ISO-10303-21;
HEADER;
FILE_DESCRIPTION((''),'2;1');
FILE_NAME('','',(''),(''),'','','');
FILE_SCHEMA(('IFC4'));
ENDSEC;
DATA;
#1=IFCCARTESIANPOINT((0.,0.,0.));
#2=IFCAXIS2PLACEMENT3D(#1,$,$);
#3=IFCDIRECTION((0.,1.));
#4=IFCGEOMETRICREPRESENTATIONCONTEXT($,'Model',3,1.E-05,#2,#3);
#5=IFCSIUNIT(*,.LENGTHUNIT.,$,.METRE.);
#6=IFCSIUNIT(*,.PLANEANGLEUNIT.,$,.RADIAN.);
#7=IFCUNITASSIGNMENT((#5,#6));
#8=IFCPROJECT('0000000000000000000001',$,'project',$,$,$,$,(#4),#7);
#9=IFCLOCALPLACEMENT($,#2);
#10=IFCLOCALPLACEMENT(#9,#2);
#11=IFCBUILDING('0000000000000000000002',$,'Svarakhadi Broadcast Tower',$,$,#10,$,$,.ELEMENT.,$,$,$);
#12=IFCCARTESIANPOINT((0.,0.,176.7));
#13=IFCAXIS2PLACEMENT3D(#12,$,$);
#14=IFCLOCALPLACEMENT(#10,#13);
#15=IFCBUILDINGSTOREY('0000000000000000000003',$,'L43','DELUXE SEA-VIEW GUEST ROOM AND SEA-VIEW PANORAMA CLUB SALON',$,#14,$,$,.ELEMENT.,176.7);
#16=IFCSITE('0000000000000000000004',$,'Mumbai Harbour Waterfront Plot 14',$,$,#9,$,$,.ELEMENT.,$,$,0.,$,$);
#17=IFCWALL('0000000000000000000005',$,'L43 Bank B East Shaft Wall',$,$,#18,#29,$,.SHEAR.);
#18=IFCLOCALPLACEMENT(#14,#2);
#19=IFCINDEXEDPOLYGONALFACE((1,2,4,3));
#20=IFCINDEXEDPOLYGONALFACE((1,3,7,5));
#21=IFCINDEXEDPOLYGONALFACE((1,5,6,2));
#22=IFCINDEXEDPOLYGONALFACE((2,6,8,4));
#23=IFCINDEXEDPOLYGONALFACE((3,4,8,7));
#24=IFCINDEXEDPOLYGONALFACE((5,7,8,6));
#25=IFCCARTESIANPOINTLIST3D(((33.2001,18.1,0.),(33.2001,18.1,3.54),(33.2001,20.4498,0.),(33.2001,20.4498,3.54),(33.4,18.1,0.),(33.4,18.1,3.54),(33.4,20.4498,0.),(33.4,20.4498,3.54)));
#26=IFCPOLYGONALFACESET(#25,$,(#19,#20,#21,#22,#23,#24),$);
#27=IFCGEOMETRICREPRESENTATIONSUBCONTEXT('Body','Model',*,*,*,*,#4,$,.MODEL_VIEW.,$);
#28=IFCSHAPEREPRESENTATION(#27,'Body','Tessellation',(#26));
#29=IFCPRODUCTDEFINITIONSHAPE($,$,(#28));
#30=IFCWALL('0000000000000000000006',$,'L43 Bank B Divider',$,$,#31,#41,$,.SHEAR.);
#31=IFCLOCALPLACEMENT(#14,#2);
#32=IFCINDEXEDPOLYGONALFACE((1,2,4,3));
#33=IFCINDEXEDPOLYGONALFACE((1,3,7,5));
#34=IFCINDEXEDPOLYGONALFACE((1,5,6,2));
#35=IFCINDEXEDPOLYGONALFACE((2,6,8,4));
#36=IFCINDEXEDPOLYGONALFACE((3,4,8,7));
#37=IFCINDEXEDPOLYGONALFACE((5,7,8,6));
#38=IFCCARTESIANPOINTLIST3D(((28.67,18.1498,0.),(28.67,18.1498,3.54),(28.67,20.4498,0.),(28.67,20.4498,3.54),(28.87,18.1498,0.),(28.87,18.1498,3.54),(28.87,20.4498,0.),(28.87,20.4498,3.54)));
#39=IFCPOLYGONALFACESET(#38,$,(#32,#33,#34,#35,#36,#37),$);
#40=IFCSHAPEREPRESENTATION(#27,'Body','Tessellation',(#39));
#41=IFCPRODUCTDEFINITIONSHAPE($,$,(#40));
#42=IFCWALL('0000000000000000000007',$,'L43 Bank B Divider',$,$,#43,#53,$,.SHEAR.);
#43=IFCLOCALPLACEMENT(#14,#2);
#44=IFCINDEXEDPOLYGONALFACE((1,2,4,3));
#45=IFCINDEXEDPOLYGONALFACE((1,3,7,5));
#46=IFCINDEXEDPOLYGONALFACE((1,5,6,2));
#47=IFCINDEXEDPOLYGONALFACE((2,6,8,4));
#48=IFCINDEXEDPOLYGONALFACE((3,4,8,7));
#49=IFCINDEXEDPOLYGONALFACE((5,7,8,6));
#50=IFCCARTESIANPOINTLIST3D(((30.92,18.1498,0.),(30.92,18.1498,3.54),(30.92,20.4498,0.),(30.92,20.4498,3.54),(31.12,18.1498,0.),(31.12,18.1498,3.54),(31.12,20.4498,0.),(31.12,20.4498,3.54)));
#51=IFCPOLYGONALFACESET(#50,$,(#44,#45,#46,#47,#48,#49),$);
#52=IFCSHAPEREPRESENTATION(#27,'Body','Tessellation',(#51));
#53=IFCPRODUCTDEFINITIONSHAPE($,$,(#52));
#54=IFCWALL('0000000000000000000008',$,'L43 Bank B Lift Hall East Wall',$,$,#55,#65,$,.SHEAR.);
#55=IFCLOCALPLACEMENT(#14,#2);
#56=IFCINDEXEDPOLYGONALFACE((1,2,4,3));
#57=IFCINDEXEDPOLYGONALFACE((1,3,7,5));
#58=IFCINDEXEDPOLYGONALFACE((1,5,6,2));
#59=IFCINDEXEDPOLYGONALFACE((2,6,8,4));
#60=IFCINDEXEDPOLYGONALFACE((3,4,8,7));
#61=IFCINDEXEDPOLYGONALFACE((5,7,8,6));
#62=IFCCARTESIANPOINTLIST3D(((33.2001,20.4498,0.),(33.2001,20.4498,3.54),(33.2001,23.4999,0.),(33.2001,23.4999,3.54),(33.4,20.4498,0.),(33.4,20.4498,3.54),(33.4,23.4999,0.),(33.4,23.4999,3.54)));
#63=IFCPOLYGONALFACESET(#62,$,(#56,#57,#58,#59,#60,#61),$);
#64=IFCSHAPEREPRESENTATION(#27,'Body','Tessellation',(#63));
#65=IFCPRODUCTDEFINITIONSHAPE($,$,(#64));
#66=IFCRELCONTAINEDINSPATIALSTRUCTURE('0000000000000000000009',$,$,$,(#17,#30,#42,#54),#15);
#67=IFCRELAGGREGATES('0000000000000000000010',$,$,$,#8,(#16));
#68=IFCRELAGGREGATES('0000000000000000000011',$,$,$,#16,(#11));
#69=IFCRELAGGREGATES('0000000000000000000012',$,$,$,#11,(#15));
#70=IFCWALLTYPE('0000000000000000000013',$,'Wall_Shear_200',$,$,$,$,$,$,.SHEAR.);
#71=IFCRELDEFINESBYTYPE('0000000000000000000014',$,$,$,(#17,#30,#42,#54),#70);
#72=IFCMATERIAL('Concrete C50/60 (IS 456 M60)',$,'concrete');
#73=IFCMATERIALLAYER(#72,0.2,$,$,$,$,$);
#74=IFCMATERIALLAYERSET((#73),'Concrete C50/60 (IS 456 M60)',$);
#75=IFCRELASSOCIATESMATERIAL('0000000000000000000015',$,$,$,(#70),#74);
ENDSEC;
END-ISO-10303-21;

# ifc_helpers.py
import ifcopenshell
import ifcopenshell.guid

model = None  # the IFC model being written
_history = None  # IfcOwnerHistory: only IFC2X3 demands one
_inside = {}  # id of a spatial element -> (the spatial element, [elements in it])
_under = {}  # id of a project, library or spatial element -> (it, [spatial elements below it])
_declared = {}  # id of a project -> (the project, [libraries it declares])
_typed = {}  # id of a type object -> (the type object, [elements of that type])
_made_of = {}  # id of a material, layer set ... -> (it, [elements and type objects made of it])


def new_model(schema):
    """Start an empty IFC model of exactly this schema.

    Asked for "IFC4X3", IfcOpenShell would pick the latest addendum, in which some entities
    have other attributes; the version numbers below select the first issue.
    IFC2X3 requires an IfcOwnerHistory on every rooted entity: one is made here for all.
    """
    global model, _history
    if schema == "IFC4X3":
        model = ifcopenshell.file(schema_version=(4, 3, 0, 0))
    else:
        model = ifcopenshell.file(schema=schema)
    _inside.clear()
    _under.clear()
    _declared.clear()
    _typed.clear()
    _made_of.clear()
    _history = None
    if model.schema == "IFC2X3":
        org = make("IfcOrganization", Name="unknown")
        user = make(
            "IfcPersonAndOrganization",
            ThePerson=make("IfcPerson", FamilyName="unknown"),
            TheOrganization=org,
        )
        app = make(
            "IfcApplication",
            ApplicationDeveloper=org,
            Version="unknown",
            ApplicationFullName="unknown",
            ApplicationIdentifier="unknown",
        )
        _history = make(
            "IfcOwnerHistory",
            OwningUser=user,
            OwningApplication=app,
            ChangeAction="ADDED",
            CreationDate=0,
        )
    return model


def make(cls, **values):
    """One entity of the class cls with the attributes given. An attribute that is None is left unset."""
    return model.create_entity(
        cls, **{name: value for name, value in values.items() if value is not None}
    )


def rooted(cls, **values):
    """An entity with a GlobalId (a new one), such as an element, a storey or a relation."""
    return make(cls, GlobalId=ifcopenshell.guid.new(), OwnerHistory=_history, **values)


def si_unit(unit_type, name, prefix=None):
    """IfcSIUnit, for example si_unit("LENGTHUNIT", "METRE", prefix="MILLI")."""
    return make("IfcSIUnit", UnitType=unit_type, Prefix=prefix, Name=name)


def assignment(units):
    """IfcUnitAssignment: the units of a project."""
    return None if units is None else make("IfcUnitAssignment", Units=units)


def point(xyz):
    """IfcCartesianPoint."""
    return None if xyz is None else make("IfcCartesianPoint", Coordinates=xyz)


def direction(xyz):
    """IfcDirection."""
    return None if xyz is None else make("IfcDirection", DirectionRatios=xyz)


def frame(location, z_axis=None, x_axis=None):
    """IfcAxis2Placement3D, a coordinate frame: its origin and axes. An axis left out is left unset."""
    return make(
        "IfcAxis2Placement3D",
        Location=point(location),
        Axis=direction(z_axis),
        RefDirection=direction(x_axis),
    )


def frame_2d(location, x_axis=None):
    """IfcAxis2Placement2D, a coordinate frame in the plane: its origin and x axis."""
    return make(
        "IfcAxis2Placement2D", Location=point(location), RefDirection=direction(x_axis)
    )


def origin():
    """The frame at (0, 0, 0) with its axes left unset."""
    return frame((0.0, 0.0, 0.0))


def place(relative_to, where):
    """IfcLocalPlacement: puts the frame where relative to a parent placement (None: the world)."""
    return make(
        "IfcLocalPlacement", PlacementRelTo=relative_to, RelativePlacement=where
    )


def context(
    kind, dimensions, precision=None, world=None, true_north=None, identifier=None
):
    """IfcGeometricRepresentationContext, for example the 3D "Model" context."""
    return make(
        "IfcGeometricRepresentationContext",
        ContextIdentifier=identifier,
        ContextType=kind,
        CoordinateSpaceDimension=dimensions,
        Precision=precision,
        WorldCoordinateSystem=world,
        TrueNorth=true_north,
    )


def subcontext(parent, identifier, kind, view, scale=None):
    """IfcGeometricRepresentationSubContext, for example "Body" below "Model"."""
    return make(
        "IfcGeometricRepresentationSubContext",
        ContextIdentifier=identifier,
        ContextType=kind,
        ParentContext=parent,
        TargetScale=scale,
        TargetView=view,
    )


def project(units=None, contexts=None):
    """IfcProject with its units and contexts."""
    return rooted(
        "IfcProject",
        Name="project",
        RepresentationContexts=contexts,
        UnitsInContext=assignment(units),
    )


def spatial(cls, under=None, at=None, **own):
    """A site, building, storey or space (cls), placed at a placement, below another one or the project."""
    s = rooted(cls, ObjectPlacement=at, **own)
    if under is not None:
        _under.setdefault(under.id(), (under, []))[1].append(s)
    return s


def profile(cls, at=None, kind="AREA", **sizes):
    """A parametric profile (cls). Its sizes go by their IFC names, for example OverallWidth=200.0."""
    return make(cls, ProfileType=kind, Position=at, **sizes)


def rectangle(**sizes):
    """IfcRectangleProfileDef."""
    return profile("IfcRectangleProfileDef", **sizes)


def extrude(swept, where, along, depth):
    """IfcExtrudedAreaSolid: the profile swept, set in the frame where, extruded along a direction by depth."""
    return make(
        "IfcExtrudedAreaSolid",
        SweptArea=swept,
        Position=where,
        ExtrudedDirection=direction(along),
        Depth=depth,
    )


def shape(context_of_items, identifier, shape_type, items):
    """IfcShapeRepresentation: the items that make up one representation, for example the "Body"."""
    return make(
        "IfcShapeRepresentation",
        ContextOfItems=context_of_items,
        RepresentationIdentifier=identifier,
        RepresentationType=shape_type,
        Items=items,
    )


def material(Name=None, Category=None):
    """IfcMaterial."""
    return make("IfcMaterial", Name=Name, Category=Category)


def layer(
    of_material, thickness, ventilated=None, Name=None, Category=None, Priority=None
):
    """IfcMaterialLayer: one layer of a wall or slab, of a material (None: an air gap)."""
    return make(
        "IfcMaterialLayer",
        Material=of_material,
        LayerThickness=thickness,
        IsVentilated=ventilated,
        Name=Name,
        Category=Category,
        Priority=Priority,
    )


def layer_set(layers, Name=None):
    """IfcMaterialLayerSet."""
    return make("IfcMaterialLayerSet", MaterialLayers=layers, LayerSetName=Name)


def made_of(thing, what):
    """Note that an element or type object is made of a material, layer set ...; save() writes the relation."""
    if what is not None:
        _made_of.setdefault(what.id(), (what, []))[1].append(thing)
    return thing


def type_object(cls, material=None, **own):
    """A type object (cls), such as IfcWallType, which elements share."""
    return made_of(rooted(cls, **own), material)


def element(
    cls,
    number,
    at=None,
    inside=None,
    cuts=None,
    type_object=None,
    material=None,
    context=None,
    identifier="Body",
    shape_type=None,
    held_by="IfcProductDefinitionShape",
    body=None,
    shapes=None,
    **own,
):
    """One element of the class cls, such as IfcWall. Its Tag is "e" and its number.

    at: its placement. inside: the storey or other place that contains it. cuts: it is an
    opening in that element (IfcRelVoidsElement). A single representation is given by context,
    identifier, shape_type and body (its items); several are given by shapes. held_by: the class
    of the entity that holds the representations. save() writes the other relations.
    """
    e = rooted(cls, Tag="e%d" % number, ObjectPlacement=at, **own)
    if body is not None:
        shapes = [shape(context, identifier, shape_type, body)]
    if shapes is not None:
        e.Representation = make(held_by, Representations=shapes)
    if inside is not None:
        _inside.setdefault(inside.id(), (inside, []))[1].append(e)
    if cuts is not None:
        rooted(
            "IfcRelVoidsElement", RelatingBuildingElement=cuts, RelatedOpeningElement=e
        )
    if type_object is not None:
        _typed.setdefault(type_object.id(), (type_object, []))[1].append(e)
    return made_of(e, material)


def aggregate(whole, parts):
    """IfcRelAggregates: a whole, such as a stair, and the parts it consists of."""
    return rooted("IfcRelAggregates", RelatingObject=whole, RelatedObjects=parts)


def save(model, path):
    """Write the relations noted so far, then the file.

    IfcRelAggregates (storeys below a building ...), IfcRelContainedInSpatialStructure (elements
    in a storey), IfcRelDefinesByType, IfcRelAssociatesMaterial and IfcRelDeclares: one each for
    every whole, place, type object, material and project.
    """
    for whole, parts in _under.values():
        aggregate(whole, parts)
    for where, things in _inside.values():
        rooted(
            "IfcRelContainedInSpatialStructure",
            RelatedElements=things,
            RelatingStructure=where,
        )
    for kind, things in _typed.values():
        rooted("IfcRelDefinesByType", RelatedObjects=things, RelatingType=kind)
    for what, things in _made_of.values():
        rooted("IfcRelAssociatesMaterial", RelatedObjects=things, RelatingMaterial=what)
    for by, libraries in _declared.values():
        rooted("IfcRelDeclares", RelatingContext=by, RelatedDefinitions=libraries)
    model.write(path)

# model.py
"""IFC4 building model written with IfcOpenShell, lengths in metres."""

from ifc_helpers import new_model, si_unit, direction, frame, frame_2d, origin, place, context, subcontext, project, spatial, rectangle, extrude, material, layer, layer_set, type_object, element, save


model = new_model("IFC4")

# Units and contexts
model_context = context("Model", 3, precision=1e-05, world=origin(), true_north=direction((0.0, 1.0)))
body_context = subcontext(model_context, "Body", "Model", "MODEL_VIEW")
ifc_project = project(units=[si_unit("LENGTHUNIT", "METRE"), si_unit("PLANEANGLEUNIT", "RADIAN")], contexts=[model_context])

# Site, building, storey
site_placement = place(None, origin())
site = spatial("IfcSite", under=ifc_project, at=site_placement, Name="Mumbai Harbour Waterfront Plot 14", CompositionType="ELEMENT", RefElevation=0.0)
building_placement = place(site_placement, origin())
building = spatial("IfcBuilding", under=site, at=building_placement, Name="Svarakhadi Broadcast Tower", CompositionType="ELEMENT")
storey_placement = place(building_placement, frame((0.0, 0.0, 176.7)))
storey = spatial("IfcBuildingStorey", under=building, at=storey_placement, Name="L43", Description="DELUXE SEA-VIEW GUEST ROOM AND SEA-VIEW PANORAMA CLUB SALON", CompositionType="ELEMENT", Elevation=176.7)

# Shared definitions
ifc_material_1 = material(Name="Concrete C50/60 (IS 456 M60)", Category="concrete")

# Walls
ifc_layer_1 = layer(ifc_material_1, 0.2)
ifc_layer_set_1 = layer_set([ifc_layer_1], Name="Concrete C50/60 (IS 456 M60)")
wall_type_1 = type_object("IfcWallType", Name="Wall_Shear_200", PredefinedType="SHEAR", material=ifc_layer_set_1)
wall_1_placement = place(storey_placement, frame((33.3, 18.1001, 0.0), z_axis=(0.0, 0.0, 1.0), x_axis=(0.0, 1.0, 0.0)))
element("IfcWall", 1, at=wall_1_placement, inside=storey, type_object=wall_type_1, Name="L43 Bank B East Shaft Wall", PredefinedType="SHEAR", context=body_context, shape_type="SweptSolid", body=[
    extrude(rectangle(XDim=2.3499, YDim=0.2, at=frame_2d((1.1748, 0.0))), origin(), (0.0, 0.0, 1.0), 3.54),
])
for number, where, z_axis, x_axis, name in (
    (2, (28.77, 18.1499, 0.0), (0.0, 0.0, 1.0), (0.0, 1.0, 0.0), "L43 Bank B Divider"),
    (3, (31.02, 18.1499, 0.0), (0.0, 0.0, 1.0), (0.0, 1.0, 0.0), "L43 Bank B Divider"),
):
    element("IfcWall", number, at=place(storey_placement, frame(where, z_axis=z_axis, x_axis=x_axis)), inside=storey, type_object=wall_type_1, Name=name, PredefinedType="SHEAR", context=body_context, shape_type="SweptSolid", body=[
        extrude(rectangle(XDim=2.3, YDim=0.2, at=frame_2d((1.1499, 0.0))), origin(), (0.0, 0.0, 1.0), 3.54),
    ])
wall_2_placement = place(storey_placement, frame((33.3, 20.45, 0.0), z_axis=(0.0, 0.0, 1.0), x_axis=(0.0, 1.0, 0.0)))
element("IfcWall", 4, at=wall_2_placement, inside=storey, type_object=wall_type_1, Name="L43 Bank B Lift Hall East Wall", PredefinedType="SHEAR", context=body_context, shape_type="SweptSolid", body=[
    extrude(rectangle(XDim=3.05, YDim=0.2, at=frame_2d((1.5249, 0.0))), origin(), (0.0, 0.0, 1.0), 3.54),
])

save(model, "model.ifc")
